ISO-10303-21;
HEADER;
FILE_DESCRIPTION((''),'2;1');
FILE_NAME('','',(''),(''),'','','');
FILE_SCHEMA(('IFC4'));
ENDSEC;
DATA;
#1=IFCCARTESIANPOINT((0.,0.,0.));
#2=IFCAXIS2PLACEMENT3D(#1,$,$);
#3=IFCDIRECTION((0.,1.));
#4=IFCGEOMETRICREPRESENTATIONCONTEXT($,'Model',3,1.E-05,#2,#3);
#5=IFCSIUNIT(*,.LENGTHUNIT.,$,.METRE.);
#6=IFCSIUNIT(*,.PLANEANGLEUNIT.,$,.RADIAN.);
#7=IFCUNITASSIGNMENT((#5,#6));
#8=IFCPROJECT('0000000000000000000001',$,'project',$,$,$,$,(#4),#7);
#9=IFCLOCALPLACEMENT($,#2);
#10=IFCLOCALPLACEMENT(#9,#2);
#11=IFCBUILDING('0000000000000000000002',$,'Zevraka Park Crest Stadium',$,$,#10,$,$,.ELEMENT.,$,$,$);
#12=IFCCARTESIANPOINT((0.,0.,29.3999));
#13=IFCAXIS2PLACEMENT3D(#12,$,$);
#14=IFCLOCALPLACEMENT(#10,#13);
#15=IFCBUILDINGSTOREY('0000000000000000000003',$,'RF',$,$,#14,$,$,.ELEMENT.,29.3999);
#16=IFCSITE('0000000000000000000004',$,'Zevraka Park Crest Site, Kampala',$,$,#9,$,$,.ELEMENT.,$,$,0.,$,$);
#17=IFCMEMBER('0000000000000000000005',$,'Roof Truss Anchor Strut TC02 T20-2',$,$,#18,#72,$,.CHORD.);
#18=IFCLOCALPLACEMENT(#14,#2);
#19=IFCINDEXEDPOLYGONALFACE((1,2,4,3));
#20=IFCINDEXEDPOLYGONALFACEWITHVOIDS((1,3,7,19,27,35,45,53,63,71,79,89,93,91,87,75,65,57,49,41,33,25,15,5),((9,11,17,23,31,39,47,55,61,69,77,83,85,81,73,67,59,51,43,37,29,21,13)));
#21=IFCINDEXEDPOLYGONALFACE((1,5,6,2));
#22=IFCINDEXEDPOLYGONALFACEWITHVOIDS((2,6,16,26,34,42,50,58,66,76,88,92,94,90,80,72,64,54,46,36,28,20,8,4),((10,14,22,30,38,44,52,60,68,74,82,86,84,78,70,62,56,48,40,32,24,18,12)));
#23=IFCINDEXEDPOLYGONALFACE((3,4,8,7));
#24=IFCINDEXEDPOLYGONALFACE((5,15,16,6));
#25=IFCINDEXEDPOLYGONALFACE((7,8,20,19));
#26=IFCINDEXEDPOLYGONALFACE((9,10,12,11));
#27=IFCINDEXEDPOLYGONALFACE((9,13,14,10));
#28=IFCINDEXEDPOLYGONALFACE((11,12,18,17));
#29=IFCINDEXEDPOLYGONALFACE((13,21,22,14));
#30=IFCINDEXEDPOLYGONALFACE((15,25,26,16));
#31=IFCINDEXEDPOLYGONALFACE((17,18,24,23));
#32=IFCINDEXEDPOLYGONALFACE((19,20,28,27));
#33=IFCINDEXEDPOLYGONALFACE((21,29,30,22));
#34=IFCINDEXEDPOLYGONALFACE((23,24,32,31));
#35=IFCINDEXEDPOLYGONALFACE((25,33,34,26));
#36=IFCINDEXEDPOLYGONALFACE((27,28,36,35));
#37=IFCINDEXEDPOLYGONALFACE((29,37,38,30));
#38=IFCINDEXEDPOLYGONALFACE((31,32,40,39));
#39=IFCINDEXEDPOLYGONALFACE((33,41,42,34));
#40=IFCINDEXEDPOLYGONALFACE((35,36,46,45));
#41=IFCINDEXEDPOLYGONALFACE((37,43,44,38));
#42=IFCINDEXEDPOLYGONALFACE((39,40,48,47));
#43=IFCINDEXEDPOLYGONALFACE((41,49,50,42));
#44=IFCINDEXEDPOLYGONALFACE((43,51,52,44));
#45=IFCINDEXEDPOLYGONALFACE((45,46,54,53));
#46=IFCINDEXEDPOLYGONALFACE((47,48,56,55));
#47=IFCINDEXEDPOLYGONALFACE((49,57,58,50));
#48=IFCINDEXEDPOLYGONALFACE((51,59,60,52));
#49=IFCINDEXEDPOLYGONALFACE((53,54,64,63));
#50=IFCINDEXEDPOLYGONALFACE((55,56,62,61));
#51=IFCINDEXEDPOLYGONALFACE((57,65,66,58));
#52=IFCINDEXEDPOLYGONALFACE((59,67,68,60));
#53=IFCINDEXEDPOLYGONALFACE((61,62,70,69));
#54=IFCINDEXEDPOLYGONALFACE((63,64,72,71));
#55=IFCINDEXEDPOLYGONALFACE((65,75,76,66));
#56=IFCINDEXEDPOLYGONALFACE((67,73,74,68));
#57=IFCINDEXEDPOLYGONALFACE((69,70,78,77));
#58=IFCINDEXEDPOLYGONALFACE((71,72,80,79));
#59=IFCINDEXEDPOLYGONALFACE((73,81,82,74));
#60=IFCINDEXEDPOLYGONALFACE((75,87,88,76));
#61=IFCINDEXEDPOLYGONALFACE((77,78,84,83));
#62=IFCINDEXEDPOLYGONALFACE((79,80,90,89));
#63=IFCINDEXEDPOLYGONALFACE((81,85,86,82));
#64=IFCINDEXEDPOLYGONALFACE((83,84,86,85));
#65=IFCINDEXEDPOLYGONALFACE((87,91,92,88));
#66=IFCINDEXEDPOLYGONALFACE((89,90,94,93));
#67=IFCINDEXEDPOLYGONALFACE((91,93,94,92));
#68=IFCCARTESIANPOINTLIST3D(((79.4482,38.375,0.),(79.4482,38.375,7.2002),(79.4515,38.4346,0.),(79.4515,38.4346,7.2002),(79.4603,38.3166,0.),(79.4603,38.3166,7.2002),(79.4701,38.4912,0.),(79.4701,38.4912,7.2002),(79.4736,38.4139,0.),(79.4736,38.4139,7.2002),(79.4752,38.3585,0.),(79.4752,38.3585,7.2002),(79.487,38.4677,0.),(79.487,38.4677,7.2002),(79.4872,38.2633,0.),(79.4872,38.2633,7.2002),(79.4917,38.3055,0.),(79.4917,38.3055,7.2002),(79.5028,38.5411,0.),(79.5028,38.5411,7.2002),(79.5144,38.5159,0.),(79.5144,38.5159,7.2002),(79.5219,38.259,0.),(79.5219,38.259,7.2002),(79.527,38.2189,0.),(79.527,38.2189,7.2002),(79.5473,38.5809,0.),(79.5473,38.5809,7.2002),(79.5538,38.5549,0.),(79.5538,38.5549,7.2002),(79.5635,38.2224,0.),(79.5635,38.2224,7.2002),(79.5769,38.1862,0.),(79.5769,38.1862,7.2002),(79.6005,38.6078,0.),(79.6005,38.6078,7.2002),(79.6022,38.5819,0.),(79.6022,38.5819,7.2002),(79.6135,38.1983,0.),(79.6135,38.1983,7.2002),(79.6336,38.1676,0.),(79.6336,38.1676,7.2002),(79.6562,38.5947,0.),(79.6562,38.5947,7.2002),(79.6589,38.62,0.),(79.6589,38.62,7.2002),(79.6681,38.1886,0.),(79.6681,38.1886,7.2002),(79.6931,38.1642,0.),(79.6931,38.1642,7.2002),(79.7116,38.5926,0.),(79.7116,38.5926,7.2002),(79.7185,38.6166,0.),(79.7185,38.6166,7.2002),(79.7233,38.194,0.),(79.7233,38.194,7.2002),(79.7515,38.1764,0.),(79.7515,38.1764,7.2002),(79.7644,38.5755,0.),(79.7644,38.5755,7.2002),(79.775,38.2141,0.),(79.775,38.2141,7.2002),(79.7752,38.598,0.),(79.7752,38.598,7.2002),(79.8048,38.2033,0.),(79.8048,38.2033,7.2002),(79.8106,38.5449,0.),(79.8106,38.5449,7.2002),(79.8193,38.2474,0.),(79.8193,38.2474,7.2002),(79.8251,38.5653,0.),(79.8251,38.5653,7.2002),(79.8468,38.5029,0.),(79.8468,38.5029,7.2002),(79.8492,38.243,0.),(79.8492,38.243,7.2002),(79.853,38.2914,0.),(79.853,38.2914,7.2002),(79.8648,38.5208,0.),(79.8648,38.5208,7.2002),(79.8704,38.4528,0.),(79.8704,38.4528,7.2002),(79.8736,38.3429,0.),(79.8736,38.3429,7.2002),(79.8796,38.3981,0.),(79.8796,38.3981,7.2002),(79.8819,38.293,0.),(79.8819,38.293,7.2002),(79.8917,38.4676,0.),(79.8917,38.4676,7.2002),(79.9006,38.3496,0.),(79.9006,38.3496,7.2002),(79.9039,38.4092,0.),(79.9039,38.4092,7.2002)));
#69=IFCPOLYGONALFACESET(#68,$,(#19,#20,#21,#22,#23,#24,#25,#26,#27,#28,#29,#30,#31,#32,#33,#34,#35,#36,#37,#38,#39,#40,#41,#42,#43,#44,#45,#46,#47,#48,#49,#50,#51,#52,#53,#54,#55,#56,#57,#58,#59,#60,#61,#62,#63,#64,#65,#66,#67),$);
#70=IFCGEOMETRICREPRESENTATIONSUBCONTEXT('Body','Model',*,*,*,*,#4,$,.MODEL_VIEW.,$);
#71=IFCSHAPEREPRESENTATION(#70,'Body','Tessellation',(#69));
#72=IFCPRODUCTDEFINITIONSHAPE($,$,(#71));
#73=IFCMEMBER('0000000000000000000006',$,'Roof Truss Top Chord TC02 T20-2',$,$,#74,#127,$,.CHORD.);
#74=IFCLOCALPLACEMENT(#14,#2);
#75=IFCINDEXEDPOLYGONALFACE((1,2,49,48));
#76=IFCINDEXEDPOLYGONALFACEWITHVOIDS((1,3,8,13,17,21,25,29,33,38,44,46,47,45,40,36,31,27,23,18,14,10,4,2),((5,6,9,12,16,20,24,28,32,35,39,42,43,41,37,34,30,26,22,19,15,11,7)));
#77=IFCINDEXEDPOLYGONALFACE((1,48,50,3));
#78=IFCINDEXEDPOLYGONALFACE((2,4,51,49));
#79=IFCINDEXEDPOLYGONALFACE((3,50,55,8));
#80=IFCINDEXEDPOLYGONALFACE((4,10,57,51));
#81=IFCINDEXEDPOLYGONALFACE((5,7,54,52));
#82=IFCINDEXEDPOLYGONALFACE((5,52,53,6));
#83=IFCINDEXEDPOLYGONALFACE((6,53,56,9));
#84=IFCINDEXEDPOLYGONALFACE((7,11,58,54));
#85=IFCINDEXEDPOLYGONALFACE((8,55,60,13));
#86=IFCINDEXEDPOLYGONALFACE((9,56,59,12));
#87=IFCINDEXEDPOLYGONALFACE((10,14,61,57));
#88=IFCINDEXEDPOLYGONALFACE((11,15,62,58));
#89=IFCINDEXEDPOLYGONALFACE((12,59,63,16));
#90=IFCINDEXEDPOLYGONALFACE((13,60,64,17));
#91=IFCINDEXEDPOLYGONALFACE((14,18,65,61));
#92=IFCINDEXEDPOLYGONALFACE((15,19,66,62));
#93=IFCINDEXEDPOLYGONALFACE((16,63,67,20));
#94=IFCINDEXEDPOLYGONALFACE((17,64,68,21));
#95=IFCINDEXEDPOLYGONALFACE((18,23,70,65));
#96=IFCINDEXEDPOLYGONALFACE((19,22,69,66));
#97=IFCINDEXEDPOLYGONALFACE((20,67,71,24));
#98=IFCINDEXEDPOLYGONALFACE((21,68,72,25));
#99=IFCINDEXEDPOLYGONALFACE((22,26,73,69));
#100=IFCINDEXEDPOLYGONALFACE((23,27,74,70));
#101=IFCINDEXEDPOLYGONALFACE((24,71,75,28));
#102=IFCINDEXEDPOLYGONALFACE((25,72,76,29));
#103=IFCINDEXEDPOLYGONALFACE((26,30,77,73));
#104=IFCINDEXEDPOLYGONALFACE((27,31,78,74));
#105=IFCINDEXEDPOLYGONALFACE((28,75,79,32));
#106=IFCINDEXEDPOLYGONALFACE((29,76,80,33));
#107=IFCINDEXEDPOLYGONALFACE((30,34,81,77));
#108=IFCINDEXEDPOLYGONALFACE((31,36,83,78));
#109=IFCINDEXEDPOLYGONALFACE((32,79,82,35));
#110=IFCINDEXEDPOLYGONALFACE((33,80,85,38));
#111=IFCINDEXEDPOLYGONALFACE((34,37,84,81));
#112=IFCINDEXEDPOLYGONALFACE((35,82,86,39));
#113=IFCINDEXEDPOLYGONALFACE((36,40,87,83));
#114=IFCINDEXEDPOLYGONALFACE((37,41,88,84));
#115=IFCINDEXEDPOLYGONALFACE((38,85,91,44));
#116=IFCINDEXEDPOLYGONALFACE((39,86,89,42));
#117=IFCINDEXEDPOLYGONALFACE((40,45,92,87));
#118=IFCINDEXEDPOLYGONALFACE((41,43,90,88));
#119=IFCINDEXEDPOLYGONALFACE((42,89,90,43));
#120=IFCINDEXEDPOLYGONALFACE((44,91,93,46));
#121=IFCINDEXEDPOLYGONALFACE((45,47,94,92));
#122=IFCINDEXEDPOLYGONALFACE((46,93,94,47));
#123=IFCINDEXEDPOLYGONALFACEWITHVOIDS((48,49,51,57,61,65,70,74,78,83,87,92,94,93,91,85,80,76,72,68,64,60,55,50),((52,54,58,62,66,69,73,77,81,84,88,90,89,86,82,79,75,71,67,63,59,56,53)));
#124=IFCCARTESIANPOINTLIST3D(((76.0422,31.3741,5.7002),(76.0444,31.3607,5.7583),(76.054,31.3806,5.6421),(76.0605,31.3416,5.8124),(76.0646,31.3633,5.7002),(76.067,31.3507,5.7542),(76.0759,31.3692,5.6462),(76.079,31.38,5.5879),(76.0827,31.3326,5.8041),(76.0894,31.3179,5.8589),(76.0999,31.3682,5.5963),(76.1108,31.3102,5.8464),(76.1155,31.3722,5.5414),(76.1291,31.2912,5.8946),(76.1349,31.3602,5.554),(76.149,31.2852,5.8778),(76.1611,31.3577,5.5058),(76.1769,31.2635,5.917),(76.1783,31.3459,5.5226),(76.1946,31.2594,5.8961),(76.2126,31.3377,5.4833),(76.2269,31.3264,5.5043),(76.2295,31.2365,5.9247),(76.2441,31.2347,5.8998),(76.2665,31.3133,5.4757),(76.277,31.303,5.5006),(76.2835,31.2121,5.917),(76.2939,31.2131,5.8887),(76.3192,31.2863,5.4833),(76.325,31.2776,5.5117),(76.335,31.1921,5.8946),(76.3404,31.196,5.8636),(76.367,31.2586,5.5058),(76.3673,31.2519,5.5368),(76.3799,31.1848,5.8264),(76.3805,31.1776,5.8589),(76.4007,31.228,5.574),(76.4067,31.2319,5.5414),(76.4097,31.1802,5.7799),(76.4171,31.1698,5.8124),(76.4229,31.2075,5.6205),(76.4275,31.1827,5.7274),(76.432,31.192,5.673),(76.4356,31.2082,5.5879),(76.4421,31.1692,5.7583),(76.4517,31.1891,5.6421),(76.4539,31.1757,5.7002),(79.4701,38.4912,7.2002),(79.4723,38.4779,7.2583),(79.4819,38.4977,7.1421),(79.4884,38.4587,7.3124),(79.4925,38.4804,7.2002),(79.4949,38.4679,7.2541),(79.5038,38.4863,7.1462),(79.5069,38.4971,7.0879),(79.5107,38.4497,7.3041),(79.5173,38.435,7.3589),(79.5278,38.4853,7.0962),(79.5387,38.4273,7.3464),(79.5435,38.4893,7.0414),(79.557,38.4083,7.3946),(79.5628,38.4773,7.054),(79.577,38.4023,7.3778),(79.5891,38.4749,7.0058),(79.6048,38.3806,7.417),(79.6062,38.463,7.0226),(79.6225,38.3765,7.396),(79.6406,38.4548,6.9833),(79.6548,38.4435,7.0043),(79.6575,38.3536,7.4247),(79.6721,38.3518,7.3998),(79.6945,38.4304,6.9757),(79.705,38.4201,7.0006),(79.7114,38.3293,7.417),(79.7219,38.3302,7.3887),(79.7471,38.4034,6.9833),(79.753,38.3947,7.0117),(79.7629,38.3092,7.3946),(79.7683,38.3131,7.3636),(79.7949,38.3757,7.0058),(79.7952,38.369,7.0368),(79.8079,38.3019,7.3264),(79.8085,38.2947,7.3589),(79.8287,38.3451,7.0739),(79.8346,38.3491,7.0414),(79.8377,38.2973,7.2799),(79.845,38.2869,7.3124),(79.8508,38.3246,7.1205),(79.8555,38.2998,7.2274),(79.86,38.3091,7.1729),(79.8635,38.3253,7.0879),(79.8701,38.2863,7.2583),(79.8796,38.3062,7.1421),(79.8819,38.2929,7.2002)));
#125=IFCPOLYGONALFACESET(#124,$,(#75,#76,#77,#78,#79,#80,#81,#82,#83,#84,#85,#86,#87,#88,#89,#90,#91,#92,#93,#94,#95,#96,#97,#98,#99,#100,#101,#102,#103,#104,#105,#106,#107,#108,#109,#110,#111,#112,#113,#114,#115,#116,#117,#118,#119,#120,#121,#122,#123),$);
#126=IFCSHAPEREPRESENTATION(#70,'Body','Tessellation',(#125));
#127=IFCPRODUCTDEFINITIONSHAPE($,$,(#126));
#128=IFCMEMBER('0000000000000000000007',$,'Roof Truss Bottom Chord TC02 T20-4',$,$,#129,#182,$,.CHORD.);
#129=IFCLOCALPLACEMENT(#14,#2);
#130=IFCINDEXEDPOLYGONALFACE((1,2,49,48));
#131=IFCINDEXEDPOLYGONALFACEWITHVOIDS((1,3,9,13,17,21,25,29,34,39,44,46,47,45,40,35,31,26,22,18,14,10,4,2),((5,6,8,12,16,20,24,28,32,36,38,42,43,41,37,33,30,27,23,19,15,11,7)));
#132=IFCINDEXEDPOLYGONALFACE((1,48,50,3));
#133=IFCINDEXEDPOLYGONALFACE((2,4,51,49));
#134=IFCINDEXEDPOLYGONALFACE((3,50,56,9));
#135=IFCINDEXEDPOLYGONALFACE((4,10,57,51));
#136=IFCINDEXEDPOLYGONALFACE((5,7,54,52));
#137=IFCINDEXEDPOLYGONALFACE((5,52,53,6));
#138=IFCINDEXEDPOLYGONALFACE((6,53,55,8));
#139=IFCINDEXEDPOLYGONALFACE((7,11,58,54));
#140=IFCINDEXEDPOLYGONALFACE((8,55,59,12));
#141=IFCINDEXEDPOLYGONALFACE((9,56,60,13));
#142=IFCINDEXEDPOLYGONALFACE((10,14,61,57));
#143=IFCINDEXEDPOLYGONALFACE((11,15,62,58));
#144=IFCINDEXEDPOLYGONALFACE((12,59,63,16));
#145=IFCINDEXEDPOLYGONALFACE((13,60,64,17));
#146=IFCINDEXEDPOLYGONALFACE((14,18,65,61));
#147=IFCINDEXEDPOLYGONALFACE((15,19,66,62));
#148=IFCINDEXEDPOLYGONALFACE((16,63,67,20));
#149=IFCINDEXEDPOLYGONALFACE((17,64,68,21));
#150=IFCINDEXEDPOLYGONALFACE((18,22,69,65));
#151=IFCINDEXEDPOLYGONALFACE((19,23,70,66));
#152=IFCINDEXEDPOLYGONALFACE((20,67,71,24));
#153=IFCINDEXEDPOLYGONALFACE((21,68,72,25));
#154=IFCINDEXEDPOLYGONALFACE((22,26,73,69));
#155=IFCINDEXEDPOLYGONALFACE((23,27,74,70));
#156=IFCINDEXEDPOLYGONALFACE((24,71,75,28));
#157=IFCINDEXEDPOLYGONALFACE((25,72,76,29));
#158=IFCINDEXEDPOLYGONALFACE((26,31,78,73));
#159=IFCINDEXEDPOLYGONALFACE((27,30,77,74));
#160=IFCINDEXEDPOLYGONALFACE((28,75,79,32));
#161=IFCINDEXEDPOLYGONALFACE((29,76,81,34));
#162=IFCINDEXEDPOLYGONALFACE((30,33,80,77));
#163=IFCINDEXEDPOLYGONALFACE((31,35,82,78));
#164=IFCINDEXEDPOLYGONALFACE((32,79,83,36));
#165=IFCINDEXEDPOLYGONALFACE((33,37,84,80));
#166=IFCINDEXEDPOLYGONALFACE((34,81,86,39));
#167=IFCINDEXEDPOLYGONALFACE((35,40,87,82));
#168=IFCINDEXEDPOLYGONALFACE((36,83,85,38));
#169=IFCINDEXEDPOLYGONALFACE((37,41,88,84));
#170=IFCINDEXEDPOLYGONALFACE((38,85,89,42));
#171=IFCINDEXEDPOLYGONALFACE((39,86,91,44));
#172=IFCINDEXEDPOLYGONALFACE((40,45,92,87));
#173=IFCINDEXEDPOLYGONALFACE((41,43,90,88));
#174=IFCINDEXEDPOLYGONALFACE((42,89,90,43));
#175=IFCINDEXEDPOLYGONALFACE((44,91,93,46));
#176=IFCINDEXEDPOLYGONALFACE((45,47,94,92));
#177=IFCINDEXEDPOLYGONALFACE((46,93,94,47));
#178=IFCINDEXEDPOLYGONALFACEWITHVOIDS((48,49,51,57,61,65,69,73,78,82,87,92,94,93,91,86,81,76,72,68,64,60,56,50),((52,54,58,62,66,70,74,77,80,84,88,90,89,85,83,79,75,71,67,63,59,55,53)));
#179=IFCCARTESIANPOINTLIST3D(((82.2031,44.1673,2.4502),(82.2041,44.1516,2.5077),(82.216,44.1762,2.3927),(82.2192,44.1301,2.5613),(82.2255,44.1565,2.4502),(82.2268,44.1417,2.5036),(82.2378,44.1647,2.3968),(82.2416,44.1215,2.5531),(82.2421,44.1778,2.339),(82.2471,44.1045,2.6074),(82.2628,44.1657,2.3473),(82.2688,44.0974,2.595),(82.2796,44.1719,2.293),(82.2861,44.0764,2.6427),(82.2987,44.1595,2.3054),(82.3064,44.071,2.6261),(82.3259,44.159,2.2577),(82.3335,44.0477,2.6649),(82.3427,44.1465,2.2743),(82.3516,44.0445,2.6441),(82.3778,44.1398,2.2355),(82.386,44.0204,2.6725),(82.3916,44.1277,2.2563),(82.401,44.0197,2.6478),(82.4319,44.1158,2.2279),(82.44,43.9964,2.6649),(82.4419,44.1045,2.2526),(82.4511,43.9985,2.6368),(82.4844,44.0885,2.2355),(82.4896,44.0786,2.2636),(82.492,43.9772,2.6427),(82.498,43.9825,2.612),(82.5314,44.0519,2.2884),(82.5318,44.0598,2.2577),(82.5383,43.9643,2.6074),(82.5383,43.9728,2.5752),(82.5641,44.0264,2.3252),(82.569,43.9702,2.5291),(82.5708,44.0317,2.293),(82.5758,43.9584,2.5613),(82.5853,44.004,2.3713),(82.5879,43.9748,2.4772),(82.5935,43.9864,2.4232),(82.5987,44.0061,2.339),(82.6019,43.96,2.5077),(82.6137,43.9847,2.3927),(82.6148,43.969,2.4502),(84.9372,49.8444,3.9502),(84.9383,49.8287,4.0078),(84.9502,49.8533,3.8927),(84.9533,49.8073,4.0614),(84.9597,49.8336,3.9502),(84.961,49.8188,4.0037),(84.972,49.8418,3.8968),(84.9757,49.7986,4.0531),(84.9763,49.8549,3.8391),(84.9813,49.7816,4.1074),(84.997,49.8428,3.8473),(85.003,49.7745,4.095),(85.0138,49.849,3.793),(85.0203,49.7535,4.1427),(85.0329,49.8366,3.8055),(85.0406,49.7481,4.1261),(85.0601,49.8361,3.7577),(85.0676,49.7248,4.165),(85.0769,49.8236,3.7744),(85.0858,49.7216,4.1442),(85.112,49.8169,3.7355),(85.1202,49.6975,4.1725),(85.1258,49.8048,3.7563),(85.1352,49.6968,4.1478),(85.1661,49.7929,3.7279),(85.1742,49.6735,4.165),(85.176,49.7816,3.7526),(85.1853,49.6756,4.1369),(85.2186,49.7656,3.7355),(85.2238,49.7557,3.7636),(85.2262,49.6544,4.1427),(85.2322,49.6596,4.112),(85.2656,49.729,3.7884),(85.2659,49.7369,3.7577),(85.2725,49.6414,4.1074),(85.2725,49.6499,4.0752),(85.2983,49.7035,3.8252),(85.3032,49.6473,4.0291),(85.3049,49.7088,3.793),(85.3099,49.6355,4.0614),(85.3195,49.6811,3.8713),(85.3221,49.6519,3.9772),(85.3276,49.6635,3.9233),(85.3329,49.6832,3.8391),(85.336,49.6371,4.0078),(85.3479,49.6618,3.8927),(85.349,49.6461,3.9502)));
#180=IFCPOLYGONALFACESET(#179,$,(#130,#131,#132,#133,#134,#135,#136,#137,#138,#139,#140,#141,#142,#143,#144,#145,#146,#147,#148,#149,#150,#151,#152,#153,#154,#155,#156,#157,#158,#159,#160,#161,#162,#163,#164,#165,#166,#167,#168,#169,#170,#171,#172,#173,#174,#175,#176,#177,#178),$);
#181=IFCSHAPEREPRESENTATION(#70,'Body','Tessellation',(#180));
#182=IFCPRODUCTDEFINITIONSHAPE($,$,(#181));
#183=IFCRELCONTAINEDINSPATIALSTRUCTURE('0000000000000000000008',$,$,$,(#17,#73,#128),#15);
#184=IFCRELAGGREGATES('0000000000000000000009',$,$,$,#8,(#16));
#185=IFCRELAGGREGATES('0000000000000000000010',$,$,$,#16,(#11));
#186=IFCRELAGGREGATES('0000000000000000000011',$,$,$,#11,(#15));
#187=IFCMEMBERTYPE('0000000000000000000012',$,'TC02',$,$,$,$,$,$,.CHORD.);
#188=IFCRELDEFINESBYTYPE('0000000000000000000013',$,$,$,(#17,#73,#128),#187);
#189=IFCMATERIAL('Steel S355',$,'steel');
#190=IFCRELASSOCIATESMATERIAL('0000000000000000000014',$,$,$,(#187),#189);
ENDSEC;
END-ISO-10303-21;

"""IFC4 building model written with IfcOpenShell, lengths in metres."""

from ifc_helpers import new_model, si_unit, direction, frame, origin, origin_2d, place, context, subcontext, project, spatial, hollow_circle, extrude, material, material_profile, profile_set, type_object, element, save


model = new_model("IFC4")

# Units and contexts
model_context = context("Model", 3, precision=1e-05, world=origin(), true_north=direction((0.0, 1.0)))
body_context = subcontext(model_context, "Body", "Model", "MODEL_VIEW")
ifc_project = project(units=[si_unit("LENGTHUNIT", "METRE"), si_unit("PLANEANGLEUNIT", "RADIAN")], contexts=[model_context])

# Site, building, storey
site_placement = place(None, origin())
site = spatial("IfcSite", under=ifc_project, at=site_placement, Name="Zevraka Park Crest Site, Kampala", CompositionType="ELEMENT", RefElevation=0.0)
building_placement = place(site_placement, origin())
building = spatial("IfcBuilding", under=site, at=building_placement, Name="Zevraka Park Crest Stadium", CompositionType="ELEMENT")
storey_placement = place(building_placement, frame((0.0, 0.0, 29.3999)))
storey = spatial("IfcBuildingStorey", under=building, at=storey_placement, Name="RF", CompositionType="ELEMENT", Elevation=29.3999)

# Members
ifc_material_1 = material(Name="Steel S355", Category="steel")
ifc_material_profile_1 = material_profile(ifc_material_1, hollow_circle(Radius=0.2285, WallThickness=0.0249, at=origin_2d()), Name="CHS 457.0x25")
ifc_profile_set_1 = profile_set([ifc_material_profile_1], Name="Steel S355")
member_type_1 = type_object("IfcMemberType", Name="TC02", PredefinedType="CHORD", material=ifc_profile_set_1)
for number, where, z_axis, x_axis, name in (
    (1, (79.676, 38.3921, 0.0), (0.0, 0.0, 1.0), (0.433816, 0.901001, 0.0), "Roof Truss Anchor Strut TC02 T20-2"),
):
    element("IfcMember", number, at=place(storey_placement, frame(where, z_axis=z_axis, x_axis=x_axis)), inside=storey, type_object=member_type_1, Name=name, PredefinedType="CHORD", context=body_context, shape_type="SweptSolid", body=[
        extrude(hollow_circle(Radius=0.2285, WallThickness=0.0249, at=origin_2d()), origin(), (0.0, 0.0, 1.0), 7.2002),
    ])
member_1_placement = place(storey_placement, frame((76.248, 31.2749, 5.7002), z_axis=(0.42632, 0.885128, 0.186547), x_axis=(-0.900943, 0.433937, 0.0)))
element("IfcMember", 2, at=member_1_placement, inside=storey, type_object=member_type_1, Name="Roof Truss Top Chord TC02 T20-2", PredefinedType="CHORD", context=body_context, shape_type="SweptSolid", body=[
    extrude(hollow_circle(Radius=0.2285, WallThickness=0.0249, at=origin_2d()), origin(), (0.0, 0.0, 1.0), 8.0408),
])
member_2_placement = place(storey_placement, frame((82.4089, 44.0681, 2.4502), z_axis=(0.422118, 0.876462, 0.231582), x_axis=(-0.900955, 0.433913, 0.0)))
element("IfcMember", 3, at=member_2_placement, inside=storey, type_object=member_type_1, Name="Roof Truss Bottom Chord TC02 T20-4", PredefinedType="CHORD", context=body_context, shape_type="SweptSolid", body=[
    extrude(hollow_circle(Radius=0.2285, WallThickness=0.0249, at=origin_2d()), origin(), (0.0, 0.0, 1.0), 6.4773),
])

save(model, "model.ifc")
